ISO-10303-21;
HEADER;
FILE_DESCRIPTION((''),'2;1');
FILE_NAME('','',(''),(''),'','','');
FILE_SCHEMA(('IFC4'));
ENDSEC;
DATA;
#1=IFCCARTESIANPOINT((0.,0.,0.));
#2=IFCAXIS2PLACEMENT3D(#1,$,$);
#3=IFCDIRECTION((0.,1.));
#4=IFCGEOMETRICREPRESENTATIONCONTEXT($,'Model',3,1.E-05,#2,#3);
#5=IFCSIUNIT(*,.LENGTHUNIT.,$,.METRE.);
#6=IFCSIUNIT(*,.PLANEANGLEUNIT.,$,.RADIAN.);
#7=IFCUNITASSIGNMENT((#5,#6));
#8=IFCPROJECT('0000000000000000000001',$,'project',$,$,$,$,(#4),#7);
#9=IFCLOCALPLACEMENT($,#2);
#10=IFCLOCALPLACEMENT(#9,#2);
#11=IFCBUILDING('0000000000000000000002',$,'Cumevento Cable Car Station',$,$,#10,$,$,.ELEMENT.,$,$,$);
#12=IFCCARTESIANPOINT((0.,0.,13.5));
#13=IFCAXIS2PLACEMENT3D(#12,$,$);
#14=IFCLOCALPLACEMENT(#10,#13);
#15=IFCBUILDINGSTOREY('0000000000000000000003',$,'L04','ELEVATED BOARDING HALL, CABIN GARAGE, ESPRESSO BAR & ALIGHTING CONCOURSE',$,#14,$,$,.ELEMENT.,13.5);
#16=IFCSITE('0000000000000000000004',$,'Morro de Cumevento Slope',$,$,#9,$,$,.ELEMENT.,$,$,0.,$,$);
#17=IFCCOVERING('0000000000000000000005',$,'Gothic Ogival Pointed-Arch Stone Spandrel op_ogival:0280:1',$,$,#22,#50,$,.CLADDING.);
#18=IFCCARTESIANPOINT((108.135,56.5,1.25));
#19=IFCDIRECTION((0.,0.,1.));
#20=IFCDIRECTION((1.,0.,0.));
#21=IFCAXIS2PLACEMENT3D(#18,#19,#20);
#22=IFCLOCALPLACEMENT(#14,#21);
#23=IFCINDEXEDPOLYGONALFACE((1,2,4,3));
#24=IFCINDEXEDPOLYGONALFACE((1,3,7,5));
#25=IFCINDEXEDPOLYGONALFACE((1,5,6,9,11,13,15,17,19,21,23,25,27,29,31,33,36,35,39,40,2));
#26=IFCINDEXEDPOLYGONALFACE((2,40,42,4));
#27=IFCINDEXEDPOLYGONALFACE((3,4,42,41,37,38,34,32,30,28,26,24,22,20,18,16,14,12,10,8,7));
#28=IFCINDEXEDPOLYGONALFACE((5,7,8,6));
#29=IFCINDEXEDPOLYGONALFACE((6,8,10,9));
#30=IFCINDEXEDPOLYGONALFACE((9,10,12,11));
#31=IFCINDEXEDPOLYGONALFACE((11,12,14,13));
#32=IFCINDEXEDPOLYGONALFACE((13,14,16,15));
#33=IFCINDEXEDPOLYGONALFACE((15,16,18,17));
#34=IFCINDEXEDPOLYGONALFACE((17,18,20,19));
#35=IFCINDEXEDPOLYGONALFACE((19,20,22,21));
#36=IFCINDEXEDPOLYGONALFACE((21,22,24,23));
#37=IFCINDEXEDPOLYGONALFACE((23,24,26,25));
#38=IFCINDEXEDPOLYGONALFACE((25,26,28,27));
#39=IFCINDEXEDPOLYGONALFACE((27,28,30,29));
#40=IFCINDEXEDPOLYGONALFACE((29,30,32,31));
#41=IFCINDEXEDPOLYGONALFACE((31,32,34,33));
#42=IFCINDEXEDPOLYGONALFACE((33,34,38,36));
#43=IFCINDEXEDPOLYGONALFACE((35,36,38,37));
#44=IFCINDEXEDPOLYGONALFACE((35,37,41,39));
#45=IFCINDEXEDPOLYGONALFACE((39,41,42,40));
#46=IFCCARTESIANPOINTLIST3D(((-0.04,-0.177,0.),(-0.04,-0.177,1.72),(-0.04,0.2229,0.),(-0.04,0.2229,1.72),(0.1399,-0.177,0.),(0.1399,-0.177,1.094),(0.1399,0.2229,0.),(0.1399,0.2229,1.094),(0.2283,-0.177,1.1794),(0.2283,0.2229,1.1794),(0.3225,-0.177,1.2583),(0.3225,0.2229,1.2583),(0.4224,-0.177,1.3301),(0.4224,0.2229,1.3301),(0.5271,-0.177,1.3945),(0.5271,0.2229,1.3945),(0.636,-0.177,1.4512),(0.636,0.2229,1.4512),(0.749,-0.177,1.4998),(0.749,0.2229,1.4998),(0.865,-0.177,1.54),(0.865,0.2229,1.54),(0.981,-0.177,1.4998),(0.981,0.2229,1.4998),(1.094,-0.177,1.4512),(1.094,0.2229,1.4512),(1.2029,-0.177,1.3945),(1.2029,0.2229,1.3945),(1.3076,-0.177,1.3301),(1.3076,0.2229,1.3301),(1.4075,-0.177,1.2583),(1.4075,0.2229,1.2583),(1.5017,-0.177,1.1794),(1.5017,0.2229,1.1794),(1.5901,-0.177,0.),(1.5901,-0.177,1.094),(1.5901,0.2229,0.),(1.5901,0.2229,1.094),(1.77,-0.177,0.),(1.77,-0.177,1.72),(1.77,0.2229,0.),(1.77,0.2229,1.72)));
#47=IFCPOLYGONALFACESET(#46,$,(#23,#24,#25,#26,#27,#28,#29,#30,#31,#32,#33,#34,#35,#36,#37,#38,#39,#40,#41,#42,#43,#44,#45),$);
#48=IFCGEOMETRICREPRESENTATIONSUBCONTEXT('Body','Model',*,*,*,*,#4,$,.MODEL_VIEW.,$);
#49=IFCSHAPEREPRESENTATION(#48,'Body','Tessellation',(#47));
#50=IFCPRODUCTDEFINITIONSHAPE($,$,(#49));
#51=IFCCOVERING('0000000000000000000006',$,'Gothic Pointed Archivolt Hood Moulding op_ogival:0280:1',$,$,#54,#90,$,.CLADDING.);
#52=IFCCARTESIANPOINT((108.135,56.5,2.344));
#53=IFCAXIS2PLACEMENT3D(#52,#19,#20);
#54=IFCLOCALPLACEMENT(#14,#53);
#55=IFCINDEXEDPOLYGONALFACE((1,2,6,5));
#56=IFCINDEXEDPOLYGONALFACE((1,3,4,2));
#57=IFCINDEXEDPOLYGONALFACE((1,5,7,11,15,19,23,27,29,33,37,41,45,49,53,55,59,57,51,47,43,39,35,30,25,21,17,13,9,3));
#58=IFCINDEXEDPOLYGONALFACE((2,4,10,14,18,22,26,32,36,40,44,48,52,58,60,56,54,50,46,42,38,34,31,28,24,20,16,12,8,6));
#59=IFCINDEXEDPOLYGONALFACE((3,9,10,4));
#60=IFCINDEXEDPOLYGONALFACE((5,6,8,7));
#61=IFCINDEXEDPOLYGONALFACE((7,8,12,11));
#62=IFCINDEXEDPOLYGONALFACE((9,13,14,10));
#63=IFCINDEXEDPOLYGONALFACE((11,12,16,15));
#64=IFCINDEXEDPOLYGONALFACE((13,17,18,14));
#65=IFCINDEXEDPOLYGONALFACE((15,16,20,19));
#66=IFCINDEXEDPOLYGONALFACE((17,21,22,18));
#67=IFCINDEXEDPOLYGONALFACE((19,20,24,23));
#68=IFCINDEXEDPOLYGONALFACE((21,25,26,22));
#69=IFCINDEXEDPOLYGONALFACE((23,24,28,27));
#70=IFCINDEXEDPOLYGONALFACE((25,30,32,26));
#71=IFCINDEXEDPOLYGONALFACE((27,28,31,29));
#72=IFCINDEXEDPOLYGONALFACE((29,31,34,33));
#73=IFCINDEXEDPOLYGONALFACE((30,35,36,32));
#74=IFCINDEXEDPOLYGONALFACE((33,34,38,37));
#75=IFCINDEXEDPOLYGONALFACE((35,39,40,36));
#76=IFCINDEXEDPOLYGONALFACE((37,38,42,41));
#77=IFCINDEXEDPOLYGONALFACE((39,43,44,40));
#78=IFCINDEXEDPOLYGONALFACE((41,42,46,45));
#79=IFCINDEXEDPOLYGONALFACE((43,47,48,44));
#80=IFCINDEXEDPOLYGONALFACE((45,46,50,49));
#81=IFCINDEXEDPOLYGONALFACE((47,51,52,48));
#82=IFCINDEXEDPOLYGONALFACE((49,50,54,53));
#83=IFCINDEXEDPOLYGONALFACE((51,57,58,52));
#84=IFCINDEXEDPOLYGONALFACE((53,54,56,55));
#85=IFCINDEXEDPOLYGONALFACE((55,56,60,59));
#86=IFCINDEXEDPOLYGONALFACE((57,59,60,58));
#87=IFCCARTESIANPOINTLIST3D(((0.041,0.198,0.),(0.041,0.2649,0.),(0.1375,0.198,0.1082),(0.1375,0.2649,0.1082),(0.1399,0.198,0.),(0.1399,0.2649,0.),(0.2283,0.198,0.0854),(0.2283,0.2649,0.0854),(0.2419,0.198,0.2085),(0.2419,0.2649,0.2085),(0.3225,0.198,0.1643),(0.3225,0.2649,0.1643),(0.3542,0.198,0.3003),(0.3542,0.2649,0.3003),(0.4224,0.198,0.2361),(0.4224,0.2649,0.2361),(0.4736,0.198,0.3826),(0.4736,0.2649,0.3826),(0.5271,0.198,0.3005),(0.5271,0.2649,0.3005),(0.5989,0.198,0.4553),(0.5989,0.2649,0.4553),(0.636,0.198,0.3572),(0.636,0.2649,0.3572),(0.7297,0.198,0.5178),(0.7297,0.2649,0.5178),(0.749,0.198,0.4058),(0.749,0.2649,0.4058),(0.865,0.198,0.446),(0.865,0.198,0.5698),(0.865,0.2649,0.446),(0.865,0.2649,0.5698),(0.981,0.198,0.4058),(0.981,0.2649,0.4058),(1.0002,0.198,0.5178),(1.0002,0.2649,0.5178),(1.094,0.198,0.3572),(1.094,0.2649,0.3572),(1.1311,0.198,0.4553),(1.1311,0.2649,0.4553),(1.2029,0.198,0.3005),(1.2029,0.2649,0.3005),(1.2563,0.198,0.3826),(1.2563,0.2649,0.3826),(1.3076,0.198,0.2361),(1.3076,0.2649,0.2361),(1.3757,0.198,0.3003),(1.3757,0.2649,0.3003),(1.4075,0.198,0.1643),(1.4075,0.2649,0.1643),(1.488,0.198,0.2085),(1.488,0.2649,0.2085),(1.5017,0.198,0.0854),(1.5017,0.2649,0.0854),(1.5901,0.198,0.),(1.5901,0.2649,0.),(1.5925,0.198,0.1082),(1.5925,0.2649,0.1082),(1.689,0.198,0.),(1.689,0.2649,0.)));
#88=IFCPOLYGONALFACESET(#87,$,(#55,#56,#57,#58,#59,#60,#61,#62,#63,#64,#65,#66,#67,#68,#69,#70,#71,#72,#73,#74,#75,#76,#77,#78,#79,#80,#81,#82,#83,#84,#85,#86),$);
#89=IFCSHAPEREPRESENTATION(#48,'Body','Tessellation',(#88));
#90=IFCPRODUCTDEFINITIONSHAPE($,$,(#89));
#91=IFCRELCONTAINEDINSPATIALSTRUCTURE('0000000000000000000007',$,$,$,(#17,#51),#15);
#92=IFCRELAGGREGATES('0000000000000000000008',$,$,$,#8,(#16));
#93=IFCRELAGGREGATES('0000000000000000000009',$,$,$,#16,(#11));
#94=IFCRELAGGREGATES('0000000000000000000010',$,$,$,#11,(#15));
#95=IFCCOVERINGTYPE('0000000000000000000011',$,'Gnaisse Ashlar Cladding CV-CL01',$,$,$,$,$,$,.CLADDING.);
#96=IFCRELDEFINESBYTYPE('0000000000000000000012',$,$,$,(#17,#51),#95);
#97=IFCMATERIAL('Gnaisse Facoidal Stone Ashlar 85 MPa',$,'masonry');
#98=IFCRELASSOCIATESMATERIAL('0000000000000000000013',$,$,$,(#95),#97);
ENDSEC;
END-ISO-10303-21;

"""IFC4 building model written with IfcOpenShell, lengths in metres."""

from ifc_helpers import new_model, si_unit, direction, frame, origin, place, context, subcontext, project, spatial, polyline, outline, extrude, material, type_object, element, save


model = new_model("IFC4")

# Units and contexts
model_context = context("Model", 3, precision=1e-05, world=origin(), true_north=direction((0.0, 1.0)))
body_context = subcontext(model_context, "Body", "Model", "MODEL_VIEW")
ifc_project = project(units=[si_unit("LENGTHUNIT", "METRE"), si_unit("PLANEANGLEUNIT", "RADIAN")], contexts=[model_context])

# Site, building, storey
site_placement = place(None, origin())
site = spatial("IfcSite", under=ifc_project, at=site_placement, Name="Morro de Cumevento Slope", CompositionType="ELEMENT", RefElevation=0.0)
building_placement = place(site_placement, origin())
building = spatial("IfcBuilding", under=site, at=building_placement, Name="Cumevento Cable Car Station", CompositionType="ELEMENT")
storey_placement = place(building_placement, frame((0.0, 0.0, 13.5)))
storey = spatial("IfcBuildingStorey", under=building, at=storey_placement, Name="L04", Description="ELEVATED BOARDING HALL, CABIN GARAGE, ESPRESSO BAR & ALIGHTING CONCOURSE", CompositionType="ELEMENT", Elevation=13.5)

# Coverings
ifc_material_1 = material(Name="Gnaisse Facoidal Stone Ashlar 85 MPa", Category="masonry")
covering_type = type_object("IfcCoveringType", Name="Gnaisse Ashlar Cladding CV-CL01", PredefinedType="CLADDING", material=ifc_material_1)
covering_1_placement = place(storey_placement, frame((108.135, 56.5, 1.25), z_axis=(0.0, 0.0, 1.0), x_axis=(1.0, 0.0, 0.0)))
element("IfcCovering", 1, at=covering_1_placement, inside=storey, type_object=covering_type, Name="Gothic Ogival Pointed-Arch Stone Spandrel op_ogival:0280:1", PredefinedType="CLADDING", context=body_context, shape_type="SweptSolid", body=[
    extrude(outline(polyline([(-0.04, 0.0), (-0.04, 1.72), (1.77, 1.72), (1.77, 0.0), (1.5901, 0.0), (1.5901, 1.094), (1.5017, 1.1794), (1.4075, 1.2583), (1.3076, 1.3301), (1.2029, 1.3945), (1.094, 1.4512), (0.981, 1.4998), (0.865, 1.54), (0.749, 1.4998), (0.636, 1.4512), (0.5271, 1.3945), (0.4224, 1.3301), (0.3225, 1.2583), (0.2283, 1.1794), (0.1399, 1.094), (0.1399, 0.0), (-0.04, 0.0)])), frame((0.0, 0.2229, 0.0), z_axis=(0.0, -1.0, 0.0), x_axis=(1.0, 0.0, 0.0)), (0.0, 0.0, 1.0), 0.3999),
])
covering_2_placement = place(storey_placement, frame((108.135, 56.5, 2.344), z_axis=(0.0, 0.0, 1.0), x_axis=(1.0, 0.0, 0.0)))
element("IfcCovering", 2, at=covering_2_placement, inside=storey, type_object=covering_type, Name="Gothic Pointed Archivolt Hood Moulding op_ogival:0280:1", PredefinedType="CLADDING", context=body_context, shape_type="SweptSolid", body=[
    extrude(outline(polyline([(0.1399, 0.0), (0.2283, 0.0854), (0.3225, 0.1643), (0.4224, 0.2361), (0.5271, 0.3005), (0.636, 0.3572), (0.749, 0.4058), (0.865, 0.446), (0.981, 0.4058), (1.094, 0.3572), (1.2029, 0.3005), (1.3076, 0.2361), (1.4075, 0.1643), (1.5017, 0.0854), (1.5901, 0.0), (1.689, 0.0), (1.5925, 0.1082), (1.488, 0.2085), (1.3757, 0.3003), (1.2563, 0.3826), (1.1311, 0.4553), (1.0002, 0.5178), (0.865, 0.5698), (0.7297, 0.5178), (0.5989, 0.4553), (0.4736, 0.3826), (0.3542, 0.3003), (0.2419, 0.2085), (0.1375, 0.1082), (0.041, 0.0), (0.1399, 0.0)])), frame((0.0, 0.2649, 0.0), z_axis=(0.0, -1.0, 0.0), x_axis=(1.0, 0.0, 0.0)), (0.0, 0.0, 1.0), 0.0669),
])

save(model, "model.ifc")
